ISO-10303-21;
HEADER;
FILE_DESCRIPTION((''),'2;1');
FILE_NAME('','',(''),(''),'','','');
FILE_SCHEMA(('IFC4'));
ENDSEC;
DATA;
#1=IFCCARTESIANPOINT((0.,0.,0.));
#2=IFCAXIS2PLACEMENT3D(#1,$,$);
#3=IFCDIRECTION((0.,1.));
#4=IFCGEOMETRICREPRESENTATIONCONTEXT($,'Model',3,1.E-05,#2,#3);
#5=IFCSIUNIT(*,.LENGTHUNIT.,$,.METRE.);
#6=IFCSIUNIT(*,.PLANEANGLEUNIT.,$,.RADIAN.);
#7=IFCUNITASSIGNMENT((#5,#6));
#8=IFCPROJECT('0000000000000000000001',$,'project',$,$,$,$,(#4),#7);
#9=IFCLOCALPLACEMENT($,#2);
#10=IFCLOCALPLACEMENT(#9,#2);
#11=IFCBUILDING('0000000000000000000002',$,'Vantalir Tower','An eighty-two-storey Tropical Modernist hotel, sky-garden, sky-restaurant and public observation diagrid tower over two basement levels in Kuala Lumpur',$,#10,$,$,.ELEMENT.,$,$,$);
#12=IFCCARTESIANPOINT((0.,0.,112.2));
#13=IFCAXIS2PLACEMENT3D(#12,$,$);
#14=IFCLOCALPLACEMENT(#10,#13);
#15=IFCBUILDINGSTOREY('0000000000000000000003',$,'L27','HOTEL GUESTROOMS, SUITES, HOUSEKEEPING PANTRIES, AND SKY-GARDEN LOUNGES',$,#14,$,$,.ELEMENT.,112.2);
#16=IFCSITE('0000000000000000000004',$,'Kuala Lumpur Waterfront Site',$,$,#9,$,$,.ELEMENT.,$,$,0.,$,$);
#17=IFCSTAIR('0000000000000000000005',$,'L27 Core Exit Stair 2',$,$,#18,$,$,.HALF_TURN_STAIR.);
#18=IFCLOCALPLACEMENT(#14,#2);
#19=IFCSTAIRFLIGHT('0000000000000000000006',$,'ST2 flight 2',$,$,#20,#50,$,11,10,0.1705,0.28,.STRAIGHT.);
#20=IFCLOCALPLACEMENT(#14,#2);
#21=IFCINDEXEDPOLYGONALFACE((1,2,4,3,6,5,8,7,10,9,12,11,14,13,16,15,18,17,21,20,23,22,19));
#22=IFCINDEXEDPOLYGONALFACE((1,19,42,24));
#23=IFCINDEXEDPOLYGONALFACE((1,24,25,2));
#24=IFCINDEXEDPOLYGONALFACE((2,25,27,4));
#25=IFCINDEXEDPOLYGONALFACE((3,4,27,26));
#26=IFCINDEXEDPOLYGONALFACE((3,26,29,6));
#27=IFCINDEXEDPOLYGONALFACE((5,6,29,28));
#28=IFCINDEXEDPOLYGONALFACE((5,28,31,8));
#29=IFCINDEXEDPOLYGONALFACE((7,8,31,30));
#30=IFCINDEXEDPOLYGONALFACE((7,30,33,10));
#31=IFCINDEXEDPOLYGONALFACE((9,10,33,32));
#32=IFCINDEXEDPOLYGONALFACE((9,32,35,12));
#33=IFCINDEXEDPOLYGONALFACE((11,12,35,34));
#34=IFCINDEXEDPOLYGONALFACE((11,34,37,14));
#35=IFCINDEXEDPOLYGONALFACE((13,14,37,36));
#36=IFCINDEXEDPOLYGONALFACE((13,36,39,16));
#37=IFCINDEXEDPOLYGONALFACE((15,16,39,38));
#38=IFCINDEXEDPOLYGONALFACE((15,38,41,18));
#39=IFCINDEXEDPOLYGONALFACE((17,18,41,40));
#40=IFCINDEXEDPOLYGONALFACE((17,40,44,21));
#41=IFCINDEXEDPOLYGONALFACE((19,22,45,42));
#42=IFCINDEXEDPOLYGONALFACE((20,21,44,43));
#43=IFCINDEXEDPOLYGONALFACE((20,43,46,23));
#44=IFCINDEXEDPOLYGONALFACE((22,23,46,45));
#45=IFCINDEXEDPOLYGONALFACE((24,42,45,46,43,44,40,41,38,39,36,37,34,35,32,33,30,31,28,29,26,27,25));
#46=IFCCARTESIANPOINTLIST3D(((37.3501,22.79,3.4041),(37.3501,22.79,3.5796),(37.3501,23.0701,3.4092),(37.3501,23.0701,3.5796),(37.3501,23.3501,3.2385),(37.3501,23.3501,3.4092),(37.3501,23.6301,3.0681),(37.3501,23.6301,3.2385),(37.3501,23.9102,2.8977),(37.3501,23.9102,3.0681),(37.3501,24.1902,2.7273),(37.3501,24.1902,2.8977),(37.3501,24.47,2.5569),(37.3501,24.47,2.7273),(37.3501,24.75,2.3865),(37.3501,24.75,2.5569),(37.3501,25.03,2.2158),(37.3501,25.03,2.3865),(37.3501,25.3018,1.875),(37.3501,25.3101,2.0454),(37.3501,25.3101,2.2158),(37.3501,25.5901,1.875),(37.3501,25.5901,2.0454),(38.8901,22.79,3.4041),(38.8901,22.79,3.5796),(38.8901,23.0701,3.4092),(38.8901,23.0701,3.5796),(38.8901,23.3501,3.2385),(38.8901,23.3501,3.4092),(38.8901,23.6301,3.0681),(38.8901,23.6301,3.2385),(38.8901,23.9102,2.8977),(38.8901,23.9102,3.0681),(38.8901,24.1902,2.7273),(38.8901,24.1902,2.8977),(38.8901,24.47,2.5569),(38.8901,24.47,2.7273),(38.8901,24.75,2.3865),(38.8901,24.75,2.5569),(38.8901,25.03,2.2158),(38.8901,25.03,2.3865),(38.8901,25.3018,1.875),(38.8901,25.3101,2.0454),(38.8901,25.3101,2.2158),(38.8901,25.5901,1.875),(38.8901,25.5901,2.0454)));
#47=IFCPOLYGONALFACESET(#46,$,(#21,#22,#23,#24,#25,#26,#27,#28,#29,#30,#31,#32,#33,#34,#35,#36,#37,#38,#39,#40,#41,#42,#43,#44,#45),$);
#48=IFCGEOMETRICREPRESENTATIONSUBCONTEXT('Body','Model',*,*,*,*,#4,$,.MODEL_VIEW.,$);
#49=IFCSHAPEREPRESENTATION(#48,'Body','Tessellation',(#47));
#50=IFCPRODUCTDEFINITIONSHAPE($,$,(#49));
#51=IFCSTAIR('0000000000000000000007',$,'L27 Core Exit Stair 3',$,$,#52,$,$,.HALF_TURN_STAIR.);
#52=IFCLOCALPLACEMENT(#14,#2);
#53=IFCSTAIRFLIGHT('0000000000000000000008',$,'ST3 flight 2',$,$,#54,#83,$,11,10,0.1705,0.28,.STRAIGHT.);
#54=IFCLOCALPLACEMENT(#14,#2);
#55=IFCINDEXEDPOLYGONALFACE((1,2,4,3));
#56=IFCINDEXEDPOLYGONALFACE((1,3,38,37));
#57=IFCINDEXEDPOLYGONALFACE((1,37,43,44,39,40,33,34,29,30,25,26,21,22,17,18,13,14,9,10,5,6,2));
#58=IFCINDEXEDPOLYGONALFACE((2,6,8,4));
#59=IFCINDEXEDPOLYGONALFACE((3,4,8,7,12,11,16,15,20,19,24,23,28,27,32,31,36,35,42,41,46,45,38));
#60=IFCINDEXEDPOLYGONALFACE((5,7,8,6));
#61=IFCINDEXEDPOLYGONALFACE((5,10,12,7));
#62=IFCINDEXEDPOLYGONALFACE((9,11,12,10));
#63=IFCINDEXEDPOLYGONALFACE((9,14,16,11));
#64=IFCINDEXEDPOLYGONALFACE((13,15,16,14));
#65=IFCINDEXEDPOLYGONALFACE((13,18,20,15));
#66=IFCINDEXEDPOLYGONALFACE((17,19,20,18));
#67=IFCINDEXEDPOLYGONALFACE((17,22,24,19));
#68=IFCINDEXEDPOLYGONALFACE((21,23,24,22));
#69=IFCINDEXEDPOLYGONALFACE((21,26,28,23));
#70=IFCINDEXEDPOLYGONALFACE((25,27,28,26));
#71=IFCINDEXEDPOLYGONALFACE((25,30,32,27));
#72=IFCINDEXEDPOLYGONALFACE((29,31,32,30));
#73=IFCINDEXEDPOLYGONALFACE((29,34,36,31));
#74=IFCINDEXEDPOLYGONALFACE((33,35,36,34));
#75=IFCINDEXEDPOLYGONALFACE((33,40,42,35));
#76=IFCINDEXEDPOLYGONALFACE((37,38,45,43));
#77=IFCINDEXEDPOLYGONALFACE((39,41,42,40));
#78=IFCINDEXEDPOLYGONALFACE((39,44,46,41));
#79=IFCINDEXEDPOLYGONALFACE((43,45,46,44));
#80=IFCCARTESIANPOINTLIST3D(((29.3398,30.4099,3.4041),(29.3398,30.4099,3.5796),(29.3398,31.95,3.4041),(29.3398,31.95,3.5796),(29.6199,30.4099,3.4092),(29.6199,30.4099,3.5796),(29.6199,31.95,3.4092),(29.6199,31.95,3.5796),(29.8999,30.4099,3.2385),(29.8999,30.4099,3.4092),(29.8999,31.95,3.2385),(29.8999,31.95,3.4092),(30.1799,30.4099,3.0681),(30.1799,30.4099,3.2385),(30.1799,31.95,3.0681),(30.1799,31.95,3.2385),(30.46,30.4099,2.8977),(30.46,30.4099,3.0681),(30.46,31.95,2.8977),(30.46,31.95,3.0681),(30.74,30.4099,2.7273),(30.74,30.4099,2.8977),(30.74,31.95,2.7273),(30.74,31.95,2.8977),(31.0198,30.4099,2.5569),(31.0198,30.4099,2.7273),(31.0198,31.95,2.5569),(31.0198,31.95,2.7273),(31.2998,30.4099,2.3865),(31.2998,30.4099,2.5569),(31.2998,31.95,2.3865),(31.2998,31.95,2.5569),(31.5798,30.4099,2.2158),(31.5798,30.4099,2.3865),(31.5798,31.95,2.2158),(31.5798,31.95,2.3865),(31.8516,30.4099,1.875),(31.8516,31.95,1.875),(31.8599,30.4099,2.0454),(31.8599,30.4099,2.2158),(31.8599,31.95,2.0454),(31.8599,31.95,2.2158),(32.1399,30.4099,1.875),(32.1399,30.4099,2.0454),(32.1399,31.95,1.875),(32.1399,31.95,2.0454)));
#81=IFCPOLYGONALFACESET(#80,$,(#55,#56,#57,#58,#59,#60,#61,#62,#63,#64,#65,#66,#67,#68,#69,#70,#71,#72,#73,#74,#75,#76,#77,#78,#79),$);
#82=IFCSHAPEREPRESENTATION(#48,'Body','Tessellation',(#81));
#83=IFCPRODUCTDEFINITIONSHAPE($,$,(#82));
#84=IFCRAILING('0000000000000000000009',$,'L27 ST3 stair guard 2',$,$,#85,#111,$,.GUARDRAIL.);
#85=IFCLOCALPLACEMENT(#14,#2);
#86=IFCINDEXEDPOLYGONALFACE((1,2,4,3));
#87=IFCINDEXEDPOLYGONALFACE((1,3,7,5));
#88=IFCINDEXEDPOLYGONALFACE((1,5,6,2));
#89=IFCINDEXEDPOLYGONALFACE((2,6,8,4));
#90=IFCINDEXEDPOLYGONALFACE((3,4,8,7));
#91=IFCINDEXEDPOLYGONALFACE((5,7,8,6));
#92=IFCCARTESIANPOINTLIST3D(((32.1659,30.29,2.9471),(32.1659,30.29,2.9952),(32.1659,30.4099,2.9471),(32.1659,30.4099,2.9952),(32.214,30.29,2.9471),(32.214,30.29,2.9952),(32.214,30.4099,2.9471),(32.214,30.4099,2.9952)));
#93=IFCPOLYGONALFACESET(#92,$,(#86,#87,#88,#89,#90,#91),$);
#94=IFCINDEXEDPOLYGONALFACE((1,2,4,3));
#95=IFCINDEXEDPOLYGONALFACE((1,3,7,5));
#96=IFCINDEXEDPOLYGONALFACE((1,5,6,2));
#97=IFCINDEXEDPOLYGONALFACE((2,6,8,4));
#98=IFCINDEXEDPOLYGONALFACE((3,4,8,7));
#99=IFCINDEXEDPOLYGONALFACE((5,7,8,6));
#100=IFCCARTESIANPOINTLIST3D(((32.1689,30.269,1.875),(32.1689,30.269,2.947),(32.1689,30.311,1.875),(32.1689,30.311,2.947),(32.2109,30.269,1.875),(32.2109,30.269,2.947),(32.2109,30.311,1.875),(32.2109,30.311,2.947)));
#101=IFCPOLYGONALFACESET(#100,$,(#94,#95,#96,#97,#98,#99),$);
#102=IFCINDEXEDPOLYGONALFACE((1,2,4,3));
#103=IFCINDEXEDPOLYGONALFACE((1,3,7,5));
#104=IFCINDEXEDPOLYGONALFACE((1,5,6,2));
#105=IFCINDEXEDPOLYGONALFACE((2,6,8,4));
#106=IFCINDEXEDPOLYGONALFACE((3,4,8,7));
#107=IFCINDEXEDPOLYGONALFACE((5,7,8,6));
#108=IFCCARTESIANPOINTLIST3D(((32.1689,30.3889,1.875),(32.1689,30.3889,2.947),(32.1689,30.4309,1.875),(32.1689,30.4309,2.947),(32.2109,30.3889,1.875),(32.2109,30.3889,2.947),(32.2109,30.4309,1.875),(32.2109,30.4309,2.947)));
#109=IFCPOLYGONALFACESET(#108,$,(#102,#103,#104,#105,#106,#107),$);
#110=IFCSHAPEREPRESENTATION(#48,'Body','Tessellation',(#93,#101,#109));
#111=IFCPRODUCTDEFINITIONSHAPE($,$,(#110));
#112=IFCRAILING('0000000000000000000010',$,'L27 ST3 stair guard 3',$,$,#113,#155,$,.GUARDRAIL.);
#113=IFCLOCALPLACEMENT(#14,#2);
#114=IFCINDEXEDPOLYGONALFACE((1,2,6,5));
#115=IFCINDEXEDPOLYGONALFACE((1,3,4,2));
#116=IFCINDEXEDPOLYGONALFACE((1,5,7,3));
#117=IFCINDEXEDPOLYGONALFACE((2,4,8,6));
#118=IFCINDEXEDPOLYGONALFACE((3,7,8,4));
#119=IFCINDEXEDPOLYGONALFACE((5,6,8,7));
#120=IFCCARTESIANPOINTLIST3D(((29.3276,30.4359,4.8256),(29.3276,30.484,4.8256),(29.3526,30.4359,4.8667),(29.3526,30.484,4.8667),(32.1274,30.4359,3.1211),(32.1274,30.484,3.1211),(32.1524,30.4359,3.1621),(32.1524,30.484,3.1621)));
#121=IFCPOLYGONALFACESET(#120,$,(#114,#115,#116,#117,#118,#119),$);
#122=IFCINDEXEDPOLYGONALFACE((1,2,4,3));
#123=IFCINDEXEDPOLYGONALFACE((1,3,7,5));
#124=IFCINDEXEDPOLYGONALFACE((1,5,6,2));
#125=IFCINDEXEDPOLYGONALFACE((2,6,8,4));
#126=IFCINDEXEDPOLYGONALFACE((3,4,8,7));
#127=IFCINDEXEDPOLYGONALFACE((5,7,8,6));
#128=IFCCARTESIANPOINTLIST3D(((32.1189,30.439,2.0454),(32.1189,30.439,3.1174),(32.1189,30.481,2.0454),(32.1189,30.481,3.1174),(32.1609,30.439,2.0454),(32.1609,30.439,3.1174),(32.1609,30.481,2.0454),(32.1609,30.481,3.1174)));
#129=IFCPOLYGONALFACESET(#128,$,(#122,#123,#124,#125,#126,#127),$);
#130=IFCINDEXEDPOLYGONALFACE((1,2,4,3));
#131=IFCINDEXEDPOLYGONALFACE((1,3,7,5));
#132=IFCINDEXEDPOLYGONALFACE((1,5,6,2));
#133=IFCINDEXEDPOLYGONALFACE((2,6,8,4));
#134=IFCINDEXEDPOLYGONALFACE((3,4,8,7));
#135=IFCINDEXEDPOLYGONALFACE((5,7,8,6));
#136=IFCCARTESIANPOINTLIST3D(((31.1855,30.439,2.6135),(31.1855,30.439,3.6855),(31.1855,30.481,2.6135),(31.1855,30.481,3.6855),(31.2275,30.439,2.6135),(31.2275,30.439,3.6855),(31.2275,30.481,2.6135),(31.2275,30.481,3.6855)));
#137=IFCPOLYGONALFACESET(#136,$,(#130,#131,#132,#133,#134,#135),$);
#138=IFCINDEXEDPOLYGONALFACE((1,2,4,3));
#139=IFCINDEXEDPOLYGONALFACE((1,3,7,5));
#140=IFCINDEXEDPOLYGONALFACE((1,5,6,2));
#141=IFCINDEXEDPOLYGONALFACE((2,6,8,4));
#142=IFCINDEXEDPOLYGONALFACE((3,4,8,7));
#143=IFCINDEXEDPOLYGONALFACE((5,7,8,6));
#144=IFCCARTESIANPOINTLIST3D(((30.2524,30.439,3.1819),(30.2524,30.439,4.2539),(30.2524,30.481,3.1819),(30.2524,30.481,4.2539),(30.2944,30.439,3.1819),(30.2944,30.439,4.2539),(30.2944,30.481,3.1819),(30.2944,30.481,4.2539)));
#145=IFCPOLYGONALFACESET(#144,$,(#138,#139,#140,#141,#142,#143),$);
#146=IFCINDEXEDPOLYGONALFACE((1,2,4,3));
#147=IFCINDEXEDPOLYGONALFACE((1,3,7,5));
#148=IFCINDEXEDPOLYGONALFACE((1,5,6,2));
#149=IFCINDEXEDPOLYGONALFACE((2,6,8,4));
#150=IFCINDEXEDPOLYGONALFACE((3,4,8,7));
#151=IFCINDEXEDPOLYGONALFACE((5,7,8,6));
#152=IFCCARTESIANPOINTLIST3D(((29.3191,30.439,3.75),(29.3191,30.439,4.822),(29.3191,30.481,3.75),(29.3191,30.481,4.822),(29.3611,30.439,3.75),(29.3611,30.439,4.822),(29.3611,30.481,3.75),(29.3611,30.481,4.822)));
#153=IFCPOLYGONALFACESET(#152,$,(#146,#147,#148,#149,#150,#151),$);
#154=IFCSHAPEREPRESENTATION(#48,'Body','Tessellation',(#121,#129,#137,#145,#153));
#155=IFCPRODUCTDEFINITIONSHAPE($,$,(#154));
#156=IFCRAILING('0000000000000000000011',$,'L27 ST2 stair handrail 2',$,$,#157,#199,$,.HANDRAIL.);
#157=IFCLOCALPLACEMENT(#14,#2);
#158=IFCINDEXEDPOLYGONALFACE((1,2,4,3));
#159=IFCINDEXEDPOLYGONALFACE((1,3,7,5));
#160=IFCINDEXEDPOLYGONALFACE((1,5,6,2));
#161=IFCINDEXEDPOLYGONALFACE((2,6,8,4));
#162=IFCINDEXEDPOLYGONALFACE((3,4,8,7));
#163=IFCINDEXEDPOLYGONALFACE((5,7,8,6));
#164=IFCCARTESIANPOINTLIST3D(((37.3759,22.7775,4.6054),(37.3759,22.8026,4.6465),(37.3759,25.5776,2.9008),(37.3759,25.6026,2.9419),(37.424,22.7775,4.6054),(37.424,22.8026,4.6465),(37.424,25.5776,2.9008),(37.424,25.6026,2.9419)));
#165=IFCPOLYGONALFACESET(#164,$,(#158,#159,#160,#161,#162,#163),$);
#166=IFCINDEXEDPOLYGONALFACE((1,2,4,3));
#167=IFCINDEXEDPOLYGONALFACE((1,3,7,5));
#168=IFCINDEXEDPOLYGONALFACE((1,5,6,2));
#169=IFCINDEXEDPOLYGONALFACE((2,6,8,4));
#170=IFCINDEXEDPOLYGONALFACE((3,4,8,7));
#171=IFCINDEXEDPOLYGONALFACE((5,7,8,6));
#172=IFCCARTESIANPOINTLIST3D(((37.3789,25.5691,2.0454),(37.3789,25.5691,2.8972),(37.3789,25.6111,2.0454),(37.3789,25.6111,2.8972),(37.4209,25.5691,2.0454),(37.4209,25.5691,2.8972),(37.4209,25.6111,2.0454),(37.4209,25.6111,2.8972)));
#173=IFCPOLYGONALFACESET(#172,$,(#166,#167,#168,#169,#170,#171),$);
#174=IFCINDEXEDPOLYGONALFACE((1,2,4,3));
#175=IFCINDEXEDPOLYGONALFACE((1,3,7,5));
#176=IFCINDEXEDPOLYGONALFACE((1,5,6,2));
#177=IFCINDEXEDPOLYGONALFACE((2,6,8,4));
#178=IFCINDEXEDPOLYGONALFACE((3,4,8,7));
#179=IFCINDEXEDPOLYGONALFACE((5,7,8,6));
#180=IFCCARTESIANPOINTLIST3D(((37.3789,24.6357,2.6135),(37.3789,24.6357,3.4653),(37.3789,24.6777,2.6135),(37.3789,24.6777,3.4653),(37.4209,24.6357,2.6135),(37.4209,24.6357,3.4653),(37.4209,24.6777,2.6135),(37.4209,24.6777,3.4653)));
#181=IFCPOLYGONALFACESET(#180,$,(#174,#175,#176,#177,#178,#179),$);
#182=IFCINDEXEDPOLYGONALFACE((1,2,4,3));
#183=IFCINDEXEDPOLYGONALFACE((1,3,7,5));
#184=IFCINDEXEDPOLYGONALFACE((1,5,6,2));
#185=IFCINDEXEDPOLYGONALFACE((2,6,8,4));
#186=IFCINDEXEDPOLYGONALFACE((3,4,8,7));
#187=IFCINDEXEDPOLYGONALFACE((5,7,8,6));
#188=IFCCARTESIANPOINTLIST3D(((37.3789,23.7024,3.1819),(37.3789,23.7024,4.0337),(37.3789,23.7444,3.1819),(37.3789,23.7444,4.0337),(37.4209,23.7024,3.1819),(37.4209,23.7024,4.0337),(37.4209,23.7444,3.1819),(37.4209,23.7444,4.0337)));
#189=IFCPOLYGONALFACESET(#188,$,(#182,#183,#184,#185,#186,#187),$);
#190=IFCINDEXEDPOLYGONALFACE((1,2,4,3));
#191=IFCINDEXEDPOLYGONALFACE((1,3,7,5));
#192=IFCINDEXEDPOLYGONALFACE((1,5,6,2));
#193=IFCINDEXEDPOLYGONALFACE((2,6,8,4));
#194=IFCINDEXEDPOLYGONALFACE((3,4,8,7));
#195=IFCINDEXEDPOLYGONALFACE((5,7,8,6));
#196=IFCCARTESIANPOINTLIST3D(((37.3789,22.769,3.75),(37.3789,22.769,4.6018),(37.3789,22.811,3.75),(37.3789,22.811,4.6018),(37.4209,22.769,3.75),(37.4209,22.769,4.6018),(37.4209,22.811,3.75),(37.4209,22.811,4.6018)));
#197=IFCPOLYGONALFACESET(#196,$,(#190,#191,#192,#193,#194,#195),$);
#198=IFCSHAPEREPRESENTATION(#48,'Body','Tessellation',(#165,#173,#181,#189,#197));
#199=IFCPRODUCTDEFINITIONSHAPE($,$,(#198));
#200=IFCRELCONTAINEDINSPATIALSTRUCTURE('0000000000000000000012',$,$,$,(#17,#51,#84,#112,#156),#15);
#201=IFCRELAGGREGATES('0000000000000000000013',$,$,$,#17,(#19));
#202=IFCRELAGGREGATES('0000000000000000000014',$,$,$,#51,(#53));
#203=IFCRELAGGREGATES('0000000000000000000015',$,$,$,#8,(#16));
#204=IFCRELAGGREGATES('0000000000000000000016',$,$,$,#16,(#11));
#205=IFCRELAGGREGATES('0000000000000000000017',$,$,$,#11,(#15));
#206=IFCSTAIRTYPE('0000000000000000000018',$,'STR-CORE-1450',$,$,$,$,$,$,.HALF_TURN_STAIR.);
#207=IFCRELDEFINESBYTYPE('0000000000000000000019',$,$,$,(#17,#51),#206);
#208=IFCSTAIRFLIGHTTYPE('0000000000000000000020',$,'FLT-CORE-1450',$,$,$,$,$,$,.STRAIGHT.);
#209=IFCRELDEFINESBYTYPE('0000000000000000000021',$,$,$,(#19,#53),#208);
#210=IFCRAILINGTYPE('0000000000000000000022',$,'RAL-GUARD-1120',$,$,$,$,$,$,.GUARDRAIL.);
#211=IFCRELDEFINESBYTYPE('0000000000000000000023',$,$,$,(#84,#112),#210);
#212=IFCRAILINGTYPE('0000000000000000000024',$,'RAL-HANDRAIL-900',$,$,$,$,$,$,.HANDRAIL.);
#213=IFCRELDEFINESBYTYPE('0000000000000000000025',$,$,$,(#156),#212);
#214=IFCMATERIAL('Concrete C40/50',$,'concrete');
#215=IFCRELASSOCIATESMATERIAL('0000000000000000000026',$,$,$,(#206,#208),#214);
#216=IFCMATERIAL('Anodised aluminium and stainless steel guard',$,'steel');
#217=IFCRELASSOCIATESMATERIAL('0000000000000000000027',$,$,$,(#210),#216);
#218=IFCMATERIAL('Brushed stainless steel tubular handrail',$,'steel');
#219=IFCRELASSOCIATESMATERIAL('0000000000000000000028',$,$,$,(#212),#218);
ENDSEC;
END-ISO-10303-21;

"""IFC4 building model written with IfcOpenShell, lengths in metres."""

from ifc_helpers import new_model, si_unit, direction, frame, origin, origin_2d, place, context, subcontext, project, spatial, polyline, rectangle, outline, extrude, material, type_object, element, aggregate, save


model = new_model("IFC4")

# Units and contexts
model_context = context("Model", 3, precision=1e-05, world=origin(), true_north=direction((0.0, 1.0)))
body_context = subcontext(model_context, "Body", "Model", "MODEL_VIEW")
ifc_project = project(units=[si_unit("LENGTHUNIT", "METRE"), si_unit("PLANEANGLEUNIT", "RADIAN")], contexts=[model_context])

# Site, building, storey
site_placement = place(None, origin())
site = spatial("IfcSite", under=ifc_project, at=site_placement, Name="Kuala Lumpur Waterfront Site", CompositionType="ELEMENT", RefElevation=0.0)
building_placement = place(site_placement, origin())
building = spatial("IfcBuilding", under=site, at=building_placement, Name="Vantalir Tower", Description="An eighty-two-storey Tropical Modernist hotel, sky-garden, sky-restaurant and public observation diagrid tower over two basement levels in Kuala Lumpur", CompositionType="ELEMENT")
storey_placement = place(building_placement, frame((0.0, 0.0, 112.2)))
storey = spatial("IfcBuildingStorey", under=building, at=storey_placement, Name="L27", Description="HOTEL GUESTROOMS, SUITES, HOUSEKEEPING PANTRIES, AND SKY-GARDEN LOUNGES", CompositionType="ELEMENT", Elevation=112.2)

# Stairs, stair flights
ifc_material_1 = material(Name="Concrete C40/50", Category="concrete")
stair_type = type_object("IfcStairType", Name="STR-CORE-1450", PredefinedType="HALF_TURN_STAIR", material=ifc_material_1)
stair_1_placement = place(storey_placement, origin())
stair_1 = element("IfcStair", 1, at=stair_1_placement, inside=storey, type_object=stair_type, Name="L27 Core Exit Stair 2", PredefinedType="HALF_TURN_STAIR")
stair_flight_type = type_object("IfcStairFlightType", Name="FLT-CORE-1450", PredefinedType="STRAIGHT", material=ifc_material_1)
stair_flight_1_placement = place(storey_placement, frame((38.1201, 25.5901, 1.875), z_axis=(0.0, 0.0, 1.0), x_axis=(0.0, -1.0, 0.0)))
stair_flight_1 = element("IfcStairFlight", 2, at=stair_flight_1_placement, type_object=stair_flight_type, Name="ST2 flight 2", NumberOfRisers=11, NumberOfTreads=10, PredefinedType="STRAIGHT", RiserHeight=0.1705, TreadLength=0.28, context=body_context, shape_type="SweptSolid", body=[
    extrude(outline(polyline([(0.0, 0.0), (0.0, 0.1704), (0.28, 0.1704), (0.28, 0.3408), (0.5601, 0.3408), (0.5601, 0.5115), (0.8401, 0.5115), (0.8401, 0.6819), (1.1201, 0.6819), (1.1201, 0.8523), (1.3999, 0.8523), (1.3999, 1.0227), (1.6799, 1.0227), (1.6799, 1.1931), (1.96, 1.1931), (1.96, 1.3635), (2.24, 1.3635), (2.24, 1.5342), (2.52, 1.5342), (2.52, 1.7046), (2.8, 1.7046), (2.8, 1.875), (2.8, 1.5291), (0.2883, 0.0), (0.0, 0.0)])), frame((0.0, 0.77, 0.0), z_axis=(0.0, -1.0, 0.0), x_axis=(1.0, 0.0, 0.0)), (0.0, 0.0, 1.0), 1.54),
])
aggregate(stair_1, [stair_flight_1])
stair_2_placement = place(storey_placement, origin())
stair_2 = element("IfcStair", 3, at=stair_2_placement, inside=storey, type_object=stair_type, Name="L27 Core Exit Stair 3", PredefinedType="HALF_TURN_STAIR")
stair_flight_2_placement = place(storey_placement, frame((32.1399, 31.1799, 1.875), z_axis=(0.0, 0.0, 1.0), x_axis=(-1.0, 0.0, 0.0)))
stair_flight_2 = element("IfcStairFlight", 4, at=stair_flight_2_placement, type_object=stair_flight_type, Name="ST3 flight 2", NumberOfRisers=11, NumberOfTreads=10, PredefinedType="STRAIGHT", RiserHeight=0.1705, TreadLength=0.28, context=body_context, shape_type="SweptSolid", body=[
    extrude(outline(polyline([(0.0, 0.0), (0.0, 0.1704), (0.28, 0.1704), (0.28, 0.3408), (0.5601, 0.3408), (0.5601, 0.5115), (0.8401, 0.5115), (0.8401, 0.6819), (1.1201, 0.6819), (1.1201, 0.8523), (1.3999, 0.8523), (1.3999, 1.0227), (1.6799, 1.0227), (1.6799, 1.1931), (1.96, 1.1931), (1.96, 1.3635), (2.24, 1.3635), (2.24, 1.5342), (2.52, 1.5342), (2.52, 1.7046), (2.8, 1.7046), (2.8, 1.875), (2.8, 1.5291), (0.2883, 0.0), (0.0, 0.0)])), frame((0.0, 0.77, 0.0), z_axis=(0.0, -1.0, 0.0), x_axis=(1.0, 0.0, 0.0)), (0.0, 0.0, 1.0), 1.54),
])
aggregate(stair_2, [stair_flight_2])

# Railings
ifc_material_2 = material(Name="Anodised aluminium and stainless steel guard", Category="steel")
railing_type_1 = type_object("IfcRailingType", Name="RAL-GUARD-1120", PredefinedType="GUARDRAIL", material=ifc_material_2)
railing_1_placement = place(storey_placement, frame((32.1899, 30.29, 1.875)))
element("IfcRailing", 5, at=railing_1_placement, inside=storey, type_object=railing_type_1, Name="L27 ST3 stair guard 2", PredefinedType="GUARDRAIL", context=body_context, shape_type="SweptSolid", body=[
    extrude(rectangle(XDim=0.0481, YDim=0.0481, at=origin_2d()), frame((0.0, 0.0, 1.0962), z_axis=(0.0, 1.0, 0.0), x_axis=(-1.0, 0.0, 0.0)), (0.0, 0.0, 1.0), 0.1199),
    extrude(rectangle(XDim=0.042, YDim=0.042, at=origin_2d()), origin(), (0.0, 0.0, 1.0), 1.072),
    extrude(rectangle(XDim=0.042, YDim=0.042, at=origin_2d()), frame((0.0, 0.1199, 0.0)), (0.0, 0.0, 1.0), 1.072),
])
railing_2_placement = place(storey_placement, frame((32.1399, 30.46, 2.0454)))
element("IfcRailing", 6, at=railing_2_placement, inside=storey, type_object=railing_type_1, Name="L27 ST3 stair guard 3", PredefinedType="GUARDRAIL", context=body_context, shape_type="SweptSolid", body=[
    extrude(rectangle(XDim=0.0481, YDim=0.0481, at=origin_2d()), frame((0.0, 0.0, 1.0962), z_axis=(-0.85415, 0.0, 0.520027), x_axis=(0.0, -1.0, 0.0)), (0.0, 0.0, 1.0), 3.2778),
    extrude(rectangle(XDim=0.042, YDim=0.042, at=origin_2d()), origin(), (0.0, 0.0, 1.0), 1.072),
    extrude(rectangle(XDim=0.042, YDim=0.042, at=origin_2d()), frame((-0.9333, 0.0, 0.5681)), (0.0, 0.0, 1.0), 1.072),
    extrude(rectangle(XDim=0.042, YDim=0.042, at=origin_2d()), frame((-1.8665, 0.0, 1.1365)), (0.0, 0.0, 1.0), 1.072),
    extrude(rectangle(XDim=0.042, YDim=0.042, at=origin_2d()), frame((-2.7998, 0.0, 1.7046)), (0.0, 0.0, 1.0), 1.072),
])
ifc_material_3 = material(Name="Brushed stainless steel tubular handrail", Category="steel")
railing_type_2 = type_object("IfcRailingType", Name="RAL-HANDRAIL-900", PredefinedType="HANDRAIL", material=ifc_material_3)
railing_3_placement = place(storey_placement, frame((37.3999, 25.5901, 2.0454)))
element("IfcRailing", 7, at=railing_3_placement, inside=storey, type_object=railing_type_2, Name="L27 ST2 stair handrail 2", PredefinedType="HANDRAIL", context=body_context, shape_type="SweptSolid", body=[
    extrude(rectangle(XDim=0.0481, YDim=0.0481, at=origin_2d()), frame((0.0, 0.0, 0.876), z_axis=(0.0, -0.85417, 0.519994), x_axis=(1.0, 0.0, 0.0)), (0.0, 0.0, 1.0), 3.2781),
    extrude(rectangle(XDim=0.042, YDim=0.042, at=origin_2d()), origin(), (0.0, 0.0, 1.0), 0.8518),
    extrude(rectangle(XDim=0.042, YDim=0.042, at=origin_2d()), frame((0.0, -0.9333, 0.5681)), (0.0, 0.0, 1.0), 0.8518),
    extrude(rectangle(XDim=0.042, YDim=0.042, at=origin_2d()), frame((0.0, -1.8667, 1.1365)), (0.0, 0.0, 1.0), 0.8518),
    extrude(rectangle(XDim=0.042, YDim=0.042, at=origin_2d()), frame((0.0, -2.8, 1.7046)), (0.0, 0.0, 1.0), 0.8518),
])

save(model, "model.ifc")
